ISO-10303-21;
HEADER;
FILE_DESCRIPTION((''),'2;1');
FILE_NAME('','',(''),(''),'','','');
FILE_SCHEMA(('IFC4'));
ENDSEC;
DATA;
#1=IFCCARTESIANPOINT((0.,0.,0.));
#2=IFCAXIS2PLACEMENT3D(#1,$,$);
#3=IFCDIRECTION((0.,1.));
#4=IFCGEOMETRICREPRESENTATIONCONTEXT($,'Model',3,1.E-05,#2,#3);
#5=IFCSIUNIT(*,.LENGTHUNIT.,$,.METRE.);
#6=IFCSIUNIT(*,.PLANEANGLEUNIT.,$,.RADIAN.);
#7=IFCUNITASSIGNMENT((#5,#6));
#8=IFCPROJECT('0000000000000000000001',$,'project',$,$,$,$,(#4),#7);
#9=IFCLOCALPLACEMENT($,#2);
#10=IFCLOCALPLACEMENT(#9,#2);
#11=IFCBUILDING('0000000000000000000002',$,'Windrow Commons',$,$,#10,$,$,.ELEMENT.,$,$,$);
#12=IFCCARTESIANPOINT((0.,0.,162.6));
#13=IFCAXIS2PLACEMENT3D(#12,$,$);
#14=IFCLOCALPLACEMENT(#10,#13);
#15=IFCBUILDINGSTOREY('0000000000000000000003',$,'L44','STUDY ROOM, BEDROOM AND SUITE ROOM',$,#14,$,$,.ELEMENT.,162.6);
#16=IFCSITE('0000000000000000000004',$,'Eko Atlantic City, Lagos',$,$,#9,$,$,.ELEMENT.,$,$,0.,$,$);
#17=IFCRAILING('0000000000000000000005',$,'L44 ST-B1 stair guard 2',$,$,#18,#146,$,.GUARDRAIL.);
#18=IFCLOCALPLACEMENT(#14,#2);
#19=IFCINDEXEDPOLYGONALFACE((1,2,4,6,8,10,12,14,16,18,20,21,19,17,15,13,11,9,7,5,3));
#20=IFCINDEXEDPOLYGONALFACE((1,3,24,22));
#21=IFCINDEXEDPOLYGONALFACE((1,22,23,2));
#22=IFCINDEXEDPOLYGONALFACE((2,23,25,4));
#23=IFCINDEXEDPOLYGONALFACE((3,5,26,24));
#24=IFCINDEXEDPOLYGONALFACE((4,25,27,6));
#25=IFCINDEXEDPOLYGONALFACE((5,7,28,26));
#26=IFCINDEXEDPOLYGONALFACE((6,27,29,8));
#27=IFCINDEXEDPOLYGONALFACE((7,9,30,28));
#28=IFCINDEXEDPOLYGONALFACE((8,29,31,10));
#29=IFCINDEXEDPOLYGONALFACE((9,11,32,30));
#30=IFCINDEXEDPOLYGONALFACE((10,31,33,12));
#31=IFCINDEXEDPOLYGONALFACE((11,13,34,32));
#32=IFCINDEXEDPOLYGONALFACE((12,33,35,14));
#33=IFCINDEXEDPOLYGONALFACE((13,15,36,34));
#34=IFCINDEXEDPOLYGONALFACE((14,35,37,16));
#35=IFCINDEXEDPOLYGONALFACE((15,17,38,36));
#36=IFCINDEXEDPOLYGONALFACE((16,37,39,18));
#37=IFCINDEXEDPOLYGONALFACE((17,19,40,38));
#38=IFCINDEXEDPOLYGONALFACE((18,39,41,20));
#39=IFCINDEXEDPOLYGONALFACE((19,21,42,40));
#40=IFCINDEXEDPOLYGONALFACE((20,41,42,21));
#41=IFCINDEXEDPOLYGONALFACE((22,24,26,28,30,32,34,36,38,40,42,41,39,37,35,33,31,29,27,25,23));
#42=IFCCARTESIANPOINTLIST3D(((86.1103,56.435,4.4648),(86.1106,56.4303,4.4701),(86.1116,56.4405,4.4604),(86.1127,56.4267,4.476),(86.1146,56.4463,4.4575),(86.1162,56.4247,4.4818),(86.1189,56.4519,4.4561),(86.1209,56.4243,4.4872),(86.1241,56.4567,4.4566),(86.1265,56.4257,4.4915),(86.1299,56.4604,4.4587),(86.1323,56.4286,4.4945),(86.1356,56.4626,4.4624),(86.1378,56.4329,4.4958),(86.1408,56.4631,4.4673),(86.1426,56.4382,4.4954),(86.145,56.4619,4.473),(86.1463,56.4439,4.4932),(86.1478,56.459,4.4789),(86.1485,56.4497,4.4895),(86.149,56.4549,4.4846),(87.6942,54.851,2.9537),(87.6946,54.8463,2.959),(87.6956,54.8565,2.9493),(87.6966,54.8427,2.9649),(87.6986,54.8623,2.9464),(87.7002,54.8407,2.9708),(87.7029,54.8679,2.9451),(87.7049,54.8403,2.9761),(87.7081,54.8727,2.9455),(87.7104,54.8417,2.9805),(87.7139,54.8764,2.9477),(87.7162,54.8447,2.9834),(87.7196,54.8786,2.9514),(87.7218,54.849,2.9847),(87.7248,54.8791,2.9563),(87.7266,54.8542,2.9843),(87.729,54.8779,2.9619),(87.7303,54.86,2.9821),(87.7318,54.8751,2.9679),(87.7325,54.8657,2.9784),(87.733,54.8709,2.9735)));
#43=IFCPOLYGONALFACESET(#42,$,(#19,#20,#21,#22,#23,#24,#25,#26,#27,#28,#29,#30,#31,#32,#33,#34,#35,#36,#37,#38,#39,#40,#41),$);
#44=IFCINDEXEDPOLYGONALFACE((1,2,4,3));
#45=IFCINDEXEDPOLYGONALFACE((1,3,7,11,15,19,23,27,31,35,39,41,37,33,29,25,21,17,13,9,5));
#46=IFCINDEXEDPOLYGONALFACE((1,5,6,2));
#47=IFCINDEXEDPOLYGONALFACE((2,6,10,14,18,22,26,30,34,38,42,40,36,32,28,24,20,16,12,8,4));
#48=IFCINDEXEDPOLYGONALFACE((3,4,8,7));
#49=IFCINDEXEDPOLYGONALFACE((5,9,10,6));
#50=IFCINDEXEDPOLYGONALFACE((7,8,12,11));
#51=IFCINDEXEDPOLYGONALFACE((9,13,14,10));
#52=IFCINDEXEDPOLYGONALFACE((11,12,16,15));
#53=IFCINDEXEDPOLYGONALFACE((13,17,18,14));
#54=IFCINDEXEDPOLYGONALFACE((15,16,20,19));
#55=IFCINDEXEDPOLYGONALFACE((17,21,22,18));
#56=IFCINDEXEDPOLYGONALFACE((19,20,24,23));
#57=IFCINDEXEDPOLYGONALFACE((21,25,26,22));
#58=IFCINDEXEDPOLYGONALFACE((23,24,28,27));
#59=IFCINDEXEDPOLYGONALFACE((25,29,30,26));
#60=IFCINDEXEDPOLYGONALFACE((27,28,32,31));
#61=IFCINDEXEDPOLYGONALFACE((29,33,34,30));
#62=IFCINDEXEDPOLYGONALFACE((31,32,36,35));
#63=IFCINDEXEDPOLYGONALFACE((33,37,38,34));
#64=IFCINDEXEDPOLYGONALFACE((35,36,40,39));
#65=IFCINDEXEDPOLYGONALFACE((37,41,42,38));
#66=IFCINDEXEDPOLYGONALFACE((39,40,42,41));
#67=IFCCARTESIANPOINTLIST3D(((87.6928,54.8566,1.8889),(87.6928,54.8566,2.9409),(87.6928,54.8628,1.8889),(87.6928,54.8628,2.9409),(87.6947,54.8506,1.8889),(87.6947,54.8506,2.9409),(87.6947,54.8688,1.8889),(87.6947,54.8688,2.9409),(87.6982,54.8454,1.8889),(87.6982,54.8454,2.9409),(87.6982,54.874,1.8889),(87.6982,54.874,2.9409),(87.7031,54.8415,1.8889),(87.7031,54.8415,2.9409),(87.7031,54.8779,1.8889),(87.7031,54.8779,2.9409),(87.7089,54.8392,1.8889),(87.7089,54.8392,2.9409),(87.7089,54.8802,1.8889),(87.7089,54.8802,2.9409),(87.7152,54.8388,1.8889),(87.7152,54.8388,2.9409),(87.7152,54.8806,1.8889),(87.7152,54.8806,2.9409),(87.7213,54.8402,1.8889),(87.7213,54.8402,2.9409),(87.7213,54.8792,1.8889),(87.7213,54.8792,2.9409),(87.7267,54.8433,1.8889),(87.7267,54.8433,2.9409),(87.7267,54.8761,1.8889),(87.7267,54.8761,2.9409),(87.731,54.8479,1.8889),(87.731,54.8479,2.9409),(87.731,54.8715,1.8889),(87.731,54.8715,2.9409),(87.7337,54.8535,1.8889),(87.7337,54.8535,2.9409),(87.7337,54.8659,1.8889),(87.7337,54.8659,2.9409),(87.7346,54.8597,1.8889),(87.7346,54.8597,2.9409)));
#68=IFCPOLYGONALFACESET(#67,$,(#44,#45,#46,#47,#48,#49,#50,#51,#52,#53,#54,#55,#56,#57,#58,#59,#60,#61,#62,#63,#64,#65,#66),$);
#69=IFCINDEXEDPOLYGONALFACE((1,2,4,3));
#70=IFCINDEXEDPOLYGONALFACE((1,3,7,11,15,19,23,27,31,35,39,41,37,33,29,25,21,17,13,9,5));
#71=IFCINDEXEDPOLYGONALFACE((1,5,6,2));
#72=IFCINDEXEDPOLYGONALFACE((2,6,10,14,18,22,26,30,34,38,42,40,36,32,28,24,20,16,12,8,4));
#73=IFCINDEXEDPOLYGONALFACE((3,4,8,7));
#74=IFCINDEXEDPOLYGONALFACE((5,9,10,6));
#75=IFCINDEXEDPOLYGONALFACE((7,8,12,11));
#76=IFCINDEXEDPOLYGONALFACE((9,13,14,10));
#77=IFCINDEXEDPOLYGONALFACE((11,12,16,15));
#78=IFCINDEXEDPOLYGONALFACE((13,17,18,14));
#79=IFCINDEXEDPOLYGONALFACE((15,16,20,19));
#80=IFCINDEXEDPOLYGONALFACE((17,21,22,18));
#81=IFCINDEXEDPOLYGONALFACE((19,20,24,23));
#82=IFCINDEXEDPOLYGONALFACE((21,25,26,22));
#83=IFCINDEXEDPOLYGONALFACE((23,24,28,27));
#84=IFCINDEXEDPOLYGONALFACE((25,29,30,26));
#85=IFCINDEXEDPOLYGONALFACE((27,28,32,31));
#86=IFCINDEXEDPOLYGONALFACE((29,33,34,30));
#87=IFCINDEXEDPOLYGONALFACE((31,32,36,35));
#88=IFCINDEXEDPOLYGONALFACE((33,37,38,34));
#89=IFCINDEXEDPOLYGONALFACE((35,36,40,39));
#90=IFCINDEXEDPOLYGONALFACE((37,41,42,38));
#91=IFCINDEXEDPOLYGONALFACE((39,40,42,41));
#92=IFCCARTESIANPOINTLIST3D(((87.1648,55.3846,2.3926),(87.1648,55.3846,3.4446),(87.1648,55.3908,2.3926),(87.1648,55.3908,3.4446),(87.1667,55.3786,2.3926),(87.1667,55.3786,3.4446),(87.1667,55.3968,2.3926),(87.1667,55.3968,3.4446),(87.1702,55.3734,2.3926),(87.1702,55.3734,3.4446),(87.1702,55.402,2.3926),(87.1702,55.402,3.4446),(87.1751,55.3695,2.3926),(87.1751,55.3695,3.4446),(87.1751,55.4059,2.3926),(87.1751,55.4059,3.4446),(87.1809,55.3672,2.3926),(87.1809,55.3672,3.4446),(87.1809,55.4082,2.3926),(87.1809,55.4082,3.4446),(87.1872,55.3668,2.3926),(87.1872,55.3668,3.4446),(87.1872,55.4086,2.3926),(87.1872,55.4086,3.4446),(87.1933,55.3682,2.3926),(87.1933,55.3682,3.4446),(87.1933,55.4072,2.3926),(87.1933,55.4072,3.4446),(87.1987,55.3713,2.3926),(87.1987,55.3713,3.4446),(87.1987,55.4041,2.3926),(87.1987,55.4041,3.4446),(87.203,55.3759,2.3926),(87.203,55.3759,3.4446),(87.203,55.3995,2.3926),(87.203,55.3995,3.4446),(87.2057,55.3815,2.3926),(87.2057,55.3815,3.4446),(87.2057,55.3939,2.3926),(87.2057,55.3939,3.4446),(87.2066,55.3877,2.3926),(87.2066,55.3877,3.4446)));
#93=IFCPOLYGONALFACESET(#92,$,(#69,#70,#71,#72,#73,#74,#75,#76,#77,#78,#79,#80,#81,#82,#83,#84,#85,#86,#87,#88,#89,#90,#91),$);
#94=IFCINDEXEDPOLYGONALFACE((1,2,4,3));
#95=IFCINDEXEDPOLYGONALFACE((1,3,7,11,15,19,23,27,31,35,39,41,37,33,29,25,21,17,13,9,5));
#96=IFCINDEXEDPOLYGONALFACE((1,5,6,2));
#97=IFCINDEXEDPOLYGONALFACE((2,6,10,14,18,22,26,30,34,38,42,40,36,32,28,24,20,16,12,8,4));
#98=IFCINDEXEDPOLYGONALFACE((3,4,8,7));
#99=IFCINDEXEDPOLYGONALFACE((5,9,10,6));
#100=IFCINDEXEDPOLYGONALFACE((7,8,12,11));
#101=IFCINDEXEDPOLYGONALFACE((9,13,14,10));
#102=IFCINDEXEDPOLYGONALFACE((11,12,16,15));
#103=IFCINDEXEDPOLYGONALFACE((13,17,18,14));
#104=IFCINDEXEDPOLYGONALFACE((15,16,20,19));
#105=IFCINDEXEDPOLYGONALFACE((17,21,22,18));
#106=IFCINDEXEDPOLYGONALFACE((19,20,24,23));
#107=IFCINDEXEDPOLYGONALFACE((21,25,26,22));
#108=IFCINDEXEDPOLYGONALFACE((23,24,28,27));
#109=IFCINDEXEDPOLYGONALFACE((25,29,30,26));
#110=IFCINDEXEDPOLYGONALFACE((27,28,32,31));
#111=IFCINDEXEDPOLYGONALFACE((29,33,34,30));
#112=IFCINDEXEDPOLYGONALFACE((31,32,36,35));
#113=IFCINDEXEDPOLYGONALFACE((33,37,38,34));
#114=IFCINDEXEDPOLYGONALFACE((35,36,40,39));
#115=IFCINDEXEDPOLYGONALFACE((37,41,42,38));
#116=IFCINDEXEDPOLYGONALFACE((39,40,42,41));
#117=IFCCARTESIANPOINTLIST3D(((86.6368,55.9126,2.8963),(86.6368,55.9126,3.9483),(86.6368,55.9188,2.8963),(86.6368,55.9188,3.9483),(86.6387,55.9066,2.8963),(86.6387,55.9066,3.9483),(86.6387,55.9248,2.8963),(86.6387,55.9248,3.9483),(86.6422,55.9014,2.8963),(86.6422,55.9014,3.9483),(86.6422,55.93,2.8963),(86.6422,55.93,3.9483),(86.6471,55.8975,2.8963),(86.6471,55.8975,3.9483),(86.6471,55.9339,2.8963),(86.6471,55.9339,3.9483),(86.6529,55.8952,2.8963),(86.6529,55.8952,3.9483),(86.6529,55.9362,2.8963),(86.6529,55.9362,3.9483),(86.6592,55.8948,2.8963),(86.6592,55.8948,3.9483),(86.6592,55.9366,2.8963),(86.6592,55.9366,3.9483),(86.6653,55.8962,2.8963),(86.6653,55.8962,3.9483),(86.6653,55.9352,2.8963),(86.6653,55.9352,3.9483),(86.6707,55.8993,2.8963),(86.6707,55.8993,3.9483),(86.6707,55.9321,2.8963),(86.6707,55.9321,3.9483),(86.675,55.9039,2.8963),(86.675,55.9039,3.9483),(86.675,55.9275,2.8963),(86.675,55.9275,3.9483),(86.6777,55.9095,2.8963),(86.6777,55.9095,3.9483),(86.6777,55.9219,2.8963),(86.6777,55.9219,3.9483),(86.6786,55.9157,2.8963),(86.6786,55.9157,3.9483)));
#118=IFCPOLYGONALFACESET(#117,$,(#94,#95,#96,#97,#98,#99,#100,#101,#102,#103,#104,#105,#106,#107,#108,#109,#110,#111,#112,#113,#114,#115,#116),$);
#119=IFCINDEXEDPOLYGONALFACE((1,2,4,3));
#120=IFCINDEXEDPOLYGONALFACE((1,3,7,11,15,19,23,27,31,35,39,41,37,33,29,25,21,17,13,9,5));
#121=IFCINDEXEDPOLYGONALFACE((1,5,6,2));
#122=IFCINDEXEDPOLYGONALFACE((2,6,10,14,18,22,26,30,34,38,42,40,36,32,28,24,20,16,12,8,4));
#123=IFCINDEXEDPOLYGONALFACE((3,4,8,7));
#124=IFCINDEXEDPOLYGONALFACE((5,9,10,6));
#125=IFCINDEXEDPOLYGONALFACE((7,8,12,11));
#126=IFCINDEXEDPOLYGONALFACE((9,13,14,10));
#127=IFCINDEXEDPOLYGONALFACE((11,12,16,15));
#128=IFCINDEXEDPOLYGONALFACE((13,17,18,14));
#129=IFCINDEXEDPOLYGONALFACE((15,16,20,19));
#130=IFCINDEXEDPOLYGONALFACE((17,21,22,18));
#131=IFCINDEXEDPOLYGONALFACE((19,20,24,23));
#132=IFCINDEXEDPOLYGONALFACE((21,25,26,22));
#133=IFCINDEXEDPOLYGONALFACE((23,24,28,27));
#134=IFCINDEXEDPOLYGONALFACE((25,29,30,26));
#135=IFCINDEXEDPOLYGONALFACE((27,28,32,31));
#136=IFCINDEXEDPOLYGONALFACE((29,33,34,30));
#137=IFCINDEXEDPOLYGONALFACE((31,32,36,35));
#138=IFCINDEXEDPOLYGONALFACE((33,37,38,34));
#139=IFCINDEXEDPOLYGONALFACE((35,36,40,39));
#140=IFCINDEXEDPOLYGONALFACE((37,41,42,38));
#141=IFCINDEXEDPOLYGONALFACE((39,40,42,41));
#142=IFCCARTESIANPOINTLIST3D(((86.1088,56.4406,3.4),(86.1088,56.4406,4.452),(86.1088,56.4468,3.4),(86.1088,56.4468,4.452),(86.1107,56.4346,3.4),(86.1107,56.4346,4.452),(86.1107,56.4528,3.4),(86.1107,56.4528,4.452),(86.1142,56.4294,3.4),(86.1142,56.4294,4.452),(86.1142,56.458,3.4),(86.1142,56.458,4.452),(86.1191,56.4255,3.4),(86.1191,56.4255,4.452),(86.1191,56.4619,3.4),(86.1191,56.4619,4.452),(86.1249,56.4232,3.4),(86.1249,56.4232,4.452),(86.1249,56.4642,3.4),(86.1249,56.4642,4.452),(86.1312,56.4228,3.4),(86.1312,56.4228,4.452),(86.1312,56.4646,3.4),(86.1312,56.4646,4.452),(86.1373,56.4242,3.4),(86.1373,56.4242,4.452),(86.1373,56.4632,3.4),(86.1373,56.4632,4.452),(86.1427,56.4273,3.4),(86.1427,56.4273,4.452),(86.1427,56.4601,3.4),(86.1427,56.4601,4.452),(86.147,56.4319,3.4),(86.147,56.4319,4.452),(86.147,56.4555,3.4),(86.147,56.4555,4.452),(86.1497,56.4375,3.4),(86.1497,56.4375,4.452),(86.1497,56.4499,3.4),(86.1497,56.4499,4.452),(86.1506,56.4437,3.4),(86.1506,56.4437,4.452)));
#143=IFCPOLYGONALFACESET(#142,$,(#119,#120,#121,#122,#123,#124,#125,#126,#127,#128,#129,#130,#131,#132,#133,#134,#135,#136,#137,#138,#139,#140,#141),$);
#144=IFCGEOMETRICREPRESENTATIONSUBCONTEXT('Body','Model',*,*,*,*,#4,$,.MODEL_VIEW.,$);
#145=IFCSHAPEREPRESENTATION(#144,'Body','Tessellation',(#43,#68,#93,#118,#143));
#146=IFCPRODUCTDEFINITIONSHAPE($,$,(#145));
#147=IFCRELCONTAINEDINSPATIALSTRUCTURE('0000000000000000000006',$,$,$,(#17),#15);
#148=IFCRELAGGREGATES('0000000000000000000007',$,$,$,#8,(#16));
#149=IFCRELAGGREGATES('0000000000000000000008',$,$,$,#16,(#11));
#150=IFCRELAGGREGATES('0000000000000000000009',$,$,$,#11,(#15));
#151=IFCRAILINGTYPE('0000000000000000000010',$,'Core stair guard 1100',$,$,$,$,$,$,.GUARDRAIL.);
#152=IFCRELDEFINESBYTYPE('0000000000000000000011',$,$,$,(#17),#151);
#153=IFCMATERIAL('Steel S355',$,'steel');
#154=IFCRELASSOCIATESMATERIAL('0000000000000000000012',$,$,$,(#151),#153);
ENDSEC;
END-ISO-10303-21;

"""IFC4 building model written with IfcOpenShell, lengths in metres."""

from ifc_helpers import new_model, si_unit, direction, frame, origin, origin_2d, place, context, subcontext, project, spatial, circle, extrude, material, type_object, element, save


model = new_model("IFC4")

# Units and contexts
model_context = context("Model", 3, precision=1e-05, world=origin(), true_north=direction((0.0, 1.0)))
body_context = subcontext(model_context, "Body", "Model", "MODEL_VIEW")
ifc_project = project(units=[si_unit("LENGTHUNIT", "METRE"), si_unit("PLANEANGLEUNIT", "RADIAN")], contexts=[model_context])

# Site, building, storey
site_placement = place(None, origin())
site = spatial("IfcSite", under=ifc_project, at=site_placement, Name="Eko Atlantic City, Lagos", CompositionType="ELEMENT", RefElevation=0.0)
building_placement = place(site_placement, origin())
building = spatial("IfcBuilding", under=site, at=building_placement, Name="Windrow Commons", CompositionType="ELEMENT")
storey_placement = place(building_placement, frame((0.0, 0.0, 162.6)))
storey = spatial("IfcBuildingStorey", under=building, at=storey_placement, Name="L44", Description="STUDY ROOM, BEDROOM AND SUITE ROOM", CompositionType="ELEMENT", Elevation=162.6)

# Railing
ifc_material_1 = material(Name="Steel S355", Category="steel")
railing_type_1 = type_object("IfcRailingType", Name="Core stair guard 1100", PredefinedType="GUARDRAIL", material=ifc_material_1)
railing_1_placement = place(storey_placement, frame((87.7136, 54.8597, 1.8889)))
element("IfcRailing", 1, at=railing_1_placement, inside=storey, type_object=railing_type_1, Name="L44 ST-B1 stair guard 2", PredefinedType="GUARDRAIL", context=body_context, shape_type="SweptSolid", body=[
    extrude(circle(Radius=0.024, at=origin_2d()), frame((0.0, 0.0, 1.076), z_axis=(-0.586203, 0.586203, 0.559224), x_axis=(-0.707107, -0.707107, 0.0)), (0.0, 0.0, 1.0), 2.7021),
    extrude(circle(Radius=0.021, at=origin_2d()), origin(), (0.0, 0.0, 1.0), 1.052),
    extrude(circle(Radius=0.021, at=origin_2d()), frame((-0.528, 0.528, 0.5037)), (0.0, 0.0, 1.0), 1.052),
    extrude(circle(Radius=0.021, at=origin_2d()), frame((-1.056, 1.056, 1.0074)), (0.0, 0.0, 1.0), 1.052),
    extrude(circle(Radius=0.021, at=origin_2d()), frame((-1.584, 1.584, 1.5111)), (0.0, 0.0, 1.0), 1.052),
])

save(model, "model.ifc")
